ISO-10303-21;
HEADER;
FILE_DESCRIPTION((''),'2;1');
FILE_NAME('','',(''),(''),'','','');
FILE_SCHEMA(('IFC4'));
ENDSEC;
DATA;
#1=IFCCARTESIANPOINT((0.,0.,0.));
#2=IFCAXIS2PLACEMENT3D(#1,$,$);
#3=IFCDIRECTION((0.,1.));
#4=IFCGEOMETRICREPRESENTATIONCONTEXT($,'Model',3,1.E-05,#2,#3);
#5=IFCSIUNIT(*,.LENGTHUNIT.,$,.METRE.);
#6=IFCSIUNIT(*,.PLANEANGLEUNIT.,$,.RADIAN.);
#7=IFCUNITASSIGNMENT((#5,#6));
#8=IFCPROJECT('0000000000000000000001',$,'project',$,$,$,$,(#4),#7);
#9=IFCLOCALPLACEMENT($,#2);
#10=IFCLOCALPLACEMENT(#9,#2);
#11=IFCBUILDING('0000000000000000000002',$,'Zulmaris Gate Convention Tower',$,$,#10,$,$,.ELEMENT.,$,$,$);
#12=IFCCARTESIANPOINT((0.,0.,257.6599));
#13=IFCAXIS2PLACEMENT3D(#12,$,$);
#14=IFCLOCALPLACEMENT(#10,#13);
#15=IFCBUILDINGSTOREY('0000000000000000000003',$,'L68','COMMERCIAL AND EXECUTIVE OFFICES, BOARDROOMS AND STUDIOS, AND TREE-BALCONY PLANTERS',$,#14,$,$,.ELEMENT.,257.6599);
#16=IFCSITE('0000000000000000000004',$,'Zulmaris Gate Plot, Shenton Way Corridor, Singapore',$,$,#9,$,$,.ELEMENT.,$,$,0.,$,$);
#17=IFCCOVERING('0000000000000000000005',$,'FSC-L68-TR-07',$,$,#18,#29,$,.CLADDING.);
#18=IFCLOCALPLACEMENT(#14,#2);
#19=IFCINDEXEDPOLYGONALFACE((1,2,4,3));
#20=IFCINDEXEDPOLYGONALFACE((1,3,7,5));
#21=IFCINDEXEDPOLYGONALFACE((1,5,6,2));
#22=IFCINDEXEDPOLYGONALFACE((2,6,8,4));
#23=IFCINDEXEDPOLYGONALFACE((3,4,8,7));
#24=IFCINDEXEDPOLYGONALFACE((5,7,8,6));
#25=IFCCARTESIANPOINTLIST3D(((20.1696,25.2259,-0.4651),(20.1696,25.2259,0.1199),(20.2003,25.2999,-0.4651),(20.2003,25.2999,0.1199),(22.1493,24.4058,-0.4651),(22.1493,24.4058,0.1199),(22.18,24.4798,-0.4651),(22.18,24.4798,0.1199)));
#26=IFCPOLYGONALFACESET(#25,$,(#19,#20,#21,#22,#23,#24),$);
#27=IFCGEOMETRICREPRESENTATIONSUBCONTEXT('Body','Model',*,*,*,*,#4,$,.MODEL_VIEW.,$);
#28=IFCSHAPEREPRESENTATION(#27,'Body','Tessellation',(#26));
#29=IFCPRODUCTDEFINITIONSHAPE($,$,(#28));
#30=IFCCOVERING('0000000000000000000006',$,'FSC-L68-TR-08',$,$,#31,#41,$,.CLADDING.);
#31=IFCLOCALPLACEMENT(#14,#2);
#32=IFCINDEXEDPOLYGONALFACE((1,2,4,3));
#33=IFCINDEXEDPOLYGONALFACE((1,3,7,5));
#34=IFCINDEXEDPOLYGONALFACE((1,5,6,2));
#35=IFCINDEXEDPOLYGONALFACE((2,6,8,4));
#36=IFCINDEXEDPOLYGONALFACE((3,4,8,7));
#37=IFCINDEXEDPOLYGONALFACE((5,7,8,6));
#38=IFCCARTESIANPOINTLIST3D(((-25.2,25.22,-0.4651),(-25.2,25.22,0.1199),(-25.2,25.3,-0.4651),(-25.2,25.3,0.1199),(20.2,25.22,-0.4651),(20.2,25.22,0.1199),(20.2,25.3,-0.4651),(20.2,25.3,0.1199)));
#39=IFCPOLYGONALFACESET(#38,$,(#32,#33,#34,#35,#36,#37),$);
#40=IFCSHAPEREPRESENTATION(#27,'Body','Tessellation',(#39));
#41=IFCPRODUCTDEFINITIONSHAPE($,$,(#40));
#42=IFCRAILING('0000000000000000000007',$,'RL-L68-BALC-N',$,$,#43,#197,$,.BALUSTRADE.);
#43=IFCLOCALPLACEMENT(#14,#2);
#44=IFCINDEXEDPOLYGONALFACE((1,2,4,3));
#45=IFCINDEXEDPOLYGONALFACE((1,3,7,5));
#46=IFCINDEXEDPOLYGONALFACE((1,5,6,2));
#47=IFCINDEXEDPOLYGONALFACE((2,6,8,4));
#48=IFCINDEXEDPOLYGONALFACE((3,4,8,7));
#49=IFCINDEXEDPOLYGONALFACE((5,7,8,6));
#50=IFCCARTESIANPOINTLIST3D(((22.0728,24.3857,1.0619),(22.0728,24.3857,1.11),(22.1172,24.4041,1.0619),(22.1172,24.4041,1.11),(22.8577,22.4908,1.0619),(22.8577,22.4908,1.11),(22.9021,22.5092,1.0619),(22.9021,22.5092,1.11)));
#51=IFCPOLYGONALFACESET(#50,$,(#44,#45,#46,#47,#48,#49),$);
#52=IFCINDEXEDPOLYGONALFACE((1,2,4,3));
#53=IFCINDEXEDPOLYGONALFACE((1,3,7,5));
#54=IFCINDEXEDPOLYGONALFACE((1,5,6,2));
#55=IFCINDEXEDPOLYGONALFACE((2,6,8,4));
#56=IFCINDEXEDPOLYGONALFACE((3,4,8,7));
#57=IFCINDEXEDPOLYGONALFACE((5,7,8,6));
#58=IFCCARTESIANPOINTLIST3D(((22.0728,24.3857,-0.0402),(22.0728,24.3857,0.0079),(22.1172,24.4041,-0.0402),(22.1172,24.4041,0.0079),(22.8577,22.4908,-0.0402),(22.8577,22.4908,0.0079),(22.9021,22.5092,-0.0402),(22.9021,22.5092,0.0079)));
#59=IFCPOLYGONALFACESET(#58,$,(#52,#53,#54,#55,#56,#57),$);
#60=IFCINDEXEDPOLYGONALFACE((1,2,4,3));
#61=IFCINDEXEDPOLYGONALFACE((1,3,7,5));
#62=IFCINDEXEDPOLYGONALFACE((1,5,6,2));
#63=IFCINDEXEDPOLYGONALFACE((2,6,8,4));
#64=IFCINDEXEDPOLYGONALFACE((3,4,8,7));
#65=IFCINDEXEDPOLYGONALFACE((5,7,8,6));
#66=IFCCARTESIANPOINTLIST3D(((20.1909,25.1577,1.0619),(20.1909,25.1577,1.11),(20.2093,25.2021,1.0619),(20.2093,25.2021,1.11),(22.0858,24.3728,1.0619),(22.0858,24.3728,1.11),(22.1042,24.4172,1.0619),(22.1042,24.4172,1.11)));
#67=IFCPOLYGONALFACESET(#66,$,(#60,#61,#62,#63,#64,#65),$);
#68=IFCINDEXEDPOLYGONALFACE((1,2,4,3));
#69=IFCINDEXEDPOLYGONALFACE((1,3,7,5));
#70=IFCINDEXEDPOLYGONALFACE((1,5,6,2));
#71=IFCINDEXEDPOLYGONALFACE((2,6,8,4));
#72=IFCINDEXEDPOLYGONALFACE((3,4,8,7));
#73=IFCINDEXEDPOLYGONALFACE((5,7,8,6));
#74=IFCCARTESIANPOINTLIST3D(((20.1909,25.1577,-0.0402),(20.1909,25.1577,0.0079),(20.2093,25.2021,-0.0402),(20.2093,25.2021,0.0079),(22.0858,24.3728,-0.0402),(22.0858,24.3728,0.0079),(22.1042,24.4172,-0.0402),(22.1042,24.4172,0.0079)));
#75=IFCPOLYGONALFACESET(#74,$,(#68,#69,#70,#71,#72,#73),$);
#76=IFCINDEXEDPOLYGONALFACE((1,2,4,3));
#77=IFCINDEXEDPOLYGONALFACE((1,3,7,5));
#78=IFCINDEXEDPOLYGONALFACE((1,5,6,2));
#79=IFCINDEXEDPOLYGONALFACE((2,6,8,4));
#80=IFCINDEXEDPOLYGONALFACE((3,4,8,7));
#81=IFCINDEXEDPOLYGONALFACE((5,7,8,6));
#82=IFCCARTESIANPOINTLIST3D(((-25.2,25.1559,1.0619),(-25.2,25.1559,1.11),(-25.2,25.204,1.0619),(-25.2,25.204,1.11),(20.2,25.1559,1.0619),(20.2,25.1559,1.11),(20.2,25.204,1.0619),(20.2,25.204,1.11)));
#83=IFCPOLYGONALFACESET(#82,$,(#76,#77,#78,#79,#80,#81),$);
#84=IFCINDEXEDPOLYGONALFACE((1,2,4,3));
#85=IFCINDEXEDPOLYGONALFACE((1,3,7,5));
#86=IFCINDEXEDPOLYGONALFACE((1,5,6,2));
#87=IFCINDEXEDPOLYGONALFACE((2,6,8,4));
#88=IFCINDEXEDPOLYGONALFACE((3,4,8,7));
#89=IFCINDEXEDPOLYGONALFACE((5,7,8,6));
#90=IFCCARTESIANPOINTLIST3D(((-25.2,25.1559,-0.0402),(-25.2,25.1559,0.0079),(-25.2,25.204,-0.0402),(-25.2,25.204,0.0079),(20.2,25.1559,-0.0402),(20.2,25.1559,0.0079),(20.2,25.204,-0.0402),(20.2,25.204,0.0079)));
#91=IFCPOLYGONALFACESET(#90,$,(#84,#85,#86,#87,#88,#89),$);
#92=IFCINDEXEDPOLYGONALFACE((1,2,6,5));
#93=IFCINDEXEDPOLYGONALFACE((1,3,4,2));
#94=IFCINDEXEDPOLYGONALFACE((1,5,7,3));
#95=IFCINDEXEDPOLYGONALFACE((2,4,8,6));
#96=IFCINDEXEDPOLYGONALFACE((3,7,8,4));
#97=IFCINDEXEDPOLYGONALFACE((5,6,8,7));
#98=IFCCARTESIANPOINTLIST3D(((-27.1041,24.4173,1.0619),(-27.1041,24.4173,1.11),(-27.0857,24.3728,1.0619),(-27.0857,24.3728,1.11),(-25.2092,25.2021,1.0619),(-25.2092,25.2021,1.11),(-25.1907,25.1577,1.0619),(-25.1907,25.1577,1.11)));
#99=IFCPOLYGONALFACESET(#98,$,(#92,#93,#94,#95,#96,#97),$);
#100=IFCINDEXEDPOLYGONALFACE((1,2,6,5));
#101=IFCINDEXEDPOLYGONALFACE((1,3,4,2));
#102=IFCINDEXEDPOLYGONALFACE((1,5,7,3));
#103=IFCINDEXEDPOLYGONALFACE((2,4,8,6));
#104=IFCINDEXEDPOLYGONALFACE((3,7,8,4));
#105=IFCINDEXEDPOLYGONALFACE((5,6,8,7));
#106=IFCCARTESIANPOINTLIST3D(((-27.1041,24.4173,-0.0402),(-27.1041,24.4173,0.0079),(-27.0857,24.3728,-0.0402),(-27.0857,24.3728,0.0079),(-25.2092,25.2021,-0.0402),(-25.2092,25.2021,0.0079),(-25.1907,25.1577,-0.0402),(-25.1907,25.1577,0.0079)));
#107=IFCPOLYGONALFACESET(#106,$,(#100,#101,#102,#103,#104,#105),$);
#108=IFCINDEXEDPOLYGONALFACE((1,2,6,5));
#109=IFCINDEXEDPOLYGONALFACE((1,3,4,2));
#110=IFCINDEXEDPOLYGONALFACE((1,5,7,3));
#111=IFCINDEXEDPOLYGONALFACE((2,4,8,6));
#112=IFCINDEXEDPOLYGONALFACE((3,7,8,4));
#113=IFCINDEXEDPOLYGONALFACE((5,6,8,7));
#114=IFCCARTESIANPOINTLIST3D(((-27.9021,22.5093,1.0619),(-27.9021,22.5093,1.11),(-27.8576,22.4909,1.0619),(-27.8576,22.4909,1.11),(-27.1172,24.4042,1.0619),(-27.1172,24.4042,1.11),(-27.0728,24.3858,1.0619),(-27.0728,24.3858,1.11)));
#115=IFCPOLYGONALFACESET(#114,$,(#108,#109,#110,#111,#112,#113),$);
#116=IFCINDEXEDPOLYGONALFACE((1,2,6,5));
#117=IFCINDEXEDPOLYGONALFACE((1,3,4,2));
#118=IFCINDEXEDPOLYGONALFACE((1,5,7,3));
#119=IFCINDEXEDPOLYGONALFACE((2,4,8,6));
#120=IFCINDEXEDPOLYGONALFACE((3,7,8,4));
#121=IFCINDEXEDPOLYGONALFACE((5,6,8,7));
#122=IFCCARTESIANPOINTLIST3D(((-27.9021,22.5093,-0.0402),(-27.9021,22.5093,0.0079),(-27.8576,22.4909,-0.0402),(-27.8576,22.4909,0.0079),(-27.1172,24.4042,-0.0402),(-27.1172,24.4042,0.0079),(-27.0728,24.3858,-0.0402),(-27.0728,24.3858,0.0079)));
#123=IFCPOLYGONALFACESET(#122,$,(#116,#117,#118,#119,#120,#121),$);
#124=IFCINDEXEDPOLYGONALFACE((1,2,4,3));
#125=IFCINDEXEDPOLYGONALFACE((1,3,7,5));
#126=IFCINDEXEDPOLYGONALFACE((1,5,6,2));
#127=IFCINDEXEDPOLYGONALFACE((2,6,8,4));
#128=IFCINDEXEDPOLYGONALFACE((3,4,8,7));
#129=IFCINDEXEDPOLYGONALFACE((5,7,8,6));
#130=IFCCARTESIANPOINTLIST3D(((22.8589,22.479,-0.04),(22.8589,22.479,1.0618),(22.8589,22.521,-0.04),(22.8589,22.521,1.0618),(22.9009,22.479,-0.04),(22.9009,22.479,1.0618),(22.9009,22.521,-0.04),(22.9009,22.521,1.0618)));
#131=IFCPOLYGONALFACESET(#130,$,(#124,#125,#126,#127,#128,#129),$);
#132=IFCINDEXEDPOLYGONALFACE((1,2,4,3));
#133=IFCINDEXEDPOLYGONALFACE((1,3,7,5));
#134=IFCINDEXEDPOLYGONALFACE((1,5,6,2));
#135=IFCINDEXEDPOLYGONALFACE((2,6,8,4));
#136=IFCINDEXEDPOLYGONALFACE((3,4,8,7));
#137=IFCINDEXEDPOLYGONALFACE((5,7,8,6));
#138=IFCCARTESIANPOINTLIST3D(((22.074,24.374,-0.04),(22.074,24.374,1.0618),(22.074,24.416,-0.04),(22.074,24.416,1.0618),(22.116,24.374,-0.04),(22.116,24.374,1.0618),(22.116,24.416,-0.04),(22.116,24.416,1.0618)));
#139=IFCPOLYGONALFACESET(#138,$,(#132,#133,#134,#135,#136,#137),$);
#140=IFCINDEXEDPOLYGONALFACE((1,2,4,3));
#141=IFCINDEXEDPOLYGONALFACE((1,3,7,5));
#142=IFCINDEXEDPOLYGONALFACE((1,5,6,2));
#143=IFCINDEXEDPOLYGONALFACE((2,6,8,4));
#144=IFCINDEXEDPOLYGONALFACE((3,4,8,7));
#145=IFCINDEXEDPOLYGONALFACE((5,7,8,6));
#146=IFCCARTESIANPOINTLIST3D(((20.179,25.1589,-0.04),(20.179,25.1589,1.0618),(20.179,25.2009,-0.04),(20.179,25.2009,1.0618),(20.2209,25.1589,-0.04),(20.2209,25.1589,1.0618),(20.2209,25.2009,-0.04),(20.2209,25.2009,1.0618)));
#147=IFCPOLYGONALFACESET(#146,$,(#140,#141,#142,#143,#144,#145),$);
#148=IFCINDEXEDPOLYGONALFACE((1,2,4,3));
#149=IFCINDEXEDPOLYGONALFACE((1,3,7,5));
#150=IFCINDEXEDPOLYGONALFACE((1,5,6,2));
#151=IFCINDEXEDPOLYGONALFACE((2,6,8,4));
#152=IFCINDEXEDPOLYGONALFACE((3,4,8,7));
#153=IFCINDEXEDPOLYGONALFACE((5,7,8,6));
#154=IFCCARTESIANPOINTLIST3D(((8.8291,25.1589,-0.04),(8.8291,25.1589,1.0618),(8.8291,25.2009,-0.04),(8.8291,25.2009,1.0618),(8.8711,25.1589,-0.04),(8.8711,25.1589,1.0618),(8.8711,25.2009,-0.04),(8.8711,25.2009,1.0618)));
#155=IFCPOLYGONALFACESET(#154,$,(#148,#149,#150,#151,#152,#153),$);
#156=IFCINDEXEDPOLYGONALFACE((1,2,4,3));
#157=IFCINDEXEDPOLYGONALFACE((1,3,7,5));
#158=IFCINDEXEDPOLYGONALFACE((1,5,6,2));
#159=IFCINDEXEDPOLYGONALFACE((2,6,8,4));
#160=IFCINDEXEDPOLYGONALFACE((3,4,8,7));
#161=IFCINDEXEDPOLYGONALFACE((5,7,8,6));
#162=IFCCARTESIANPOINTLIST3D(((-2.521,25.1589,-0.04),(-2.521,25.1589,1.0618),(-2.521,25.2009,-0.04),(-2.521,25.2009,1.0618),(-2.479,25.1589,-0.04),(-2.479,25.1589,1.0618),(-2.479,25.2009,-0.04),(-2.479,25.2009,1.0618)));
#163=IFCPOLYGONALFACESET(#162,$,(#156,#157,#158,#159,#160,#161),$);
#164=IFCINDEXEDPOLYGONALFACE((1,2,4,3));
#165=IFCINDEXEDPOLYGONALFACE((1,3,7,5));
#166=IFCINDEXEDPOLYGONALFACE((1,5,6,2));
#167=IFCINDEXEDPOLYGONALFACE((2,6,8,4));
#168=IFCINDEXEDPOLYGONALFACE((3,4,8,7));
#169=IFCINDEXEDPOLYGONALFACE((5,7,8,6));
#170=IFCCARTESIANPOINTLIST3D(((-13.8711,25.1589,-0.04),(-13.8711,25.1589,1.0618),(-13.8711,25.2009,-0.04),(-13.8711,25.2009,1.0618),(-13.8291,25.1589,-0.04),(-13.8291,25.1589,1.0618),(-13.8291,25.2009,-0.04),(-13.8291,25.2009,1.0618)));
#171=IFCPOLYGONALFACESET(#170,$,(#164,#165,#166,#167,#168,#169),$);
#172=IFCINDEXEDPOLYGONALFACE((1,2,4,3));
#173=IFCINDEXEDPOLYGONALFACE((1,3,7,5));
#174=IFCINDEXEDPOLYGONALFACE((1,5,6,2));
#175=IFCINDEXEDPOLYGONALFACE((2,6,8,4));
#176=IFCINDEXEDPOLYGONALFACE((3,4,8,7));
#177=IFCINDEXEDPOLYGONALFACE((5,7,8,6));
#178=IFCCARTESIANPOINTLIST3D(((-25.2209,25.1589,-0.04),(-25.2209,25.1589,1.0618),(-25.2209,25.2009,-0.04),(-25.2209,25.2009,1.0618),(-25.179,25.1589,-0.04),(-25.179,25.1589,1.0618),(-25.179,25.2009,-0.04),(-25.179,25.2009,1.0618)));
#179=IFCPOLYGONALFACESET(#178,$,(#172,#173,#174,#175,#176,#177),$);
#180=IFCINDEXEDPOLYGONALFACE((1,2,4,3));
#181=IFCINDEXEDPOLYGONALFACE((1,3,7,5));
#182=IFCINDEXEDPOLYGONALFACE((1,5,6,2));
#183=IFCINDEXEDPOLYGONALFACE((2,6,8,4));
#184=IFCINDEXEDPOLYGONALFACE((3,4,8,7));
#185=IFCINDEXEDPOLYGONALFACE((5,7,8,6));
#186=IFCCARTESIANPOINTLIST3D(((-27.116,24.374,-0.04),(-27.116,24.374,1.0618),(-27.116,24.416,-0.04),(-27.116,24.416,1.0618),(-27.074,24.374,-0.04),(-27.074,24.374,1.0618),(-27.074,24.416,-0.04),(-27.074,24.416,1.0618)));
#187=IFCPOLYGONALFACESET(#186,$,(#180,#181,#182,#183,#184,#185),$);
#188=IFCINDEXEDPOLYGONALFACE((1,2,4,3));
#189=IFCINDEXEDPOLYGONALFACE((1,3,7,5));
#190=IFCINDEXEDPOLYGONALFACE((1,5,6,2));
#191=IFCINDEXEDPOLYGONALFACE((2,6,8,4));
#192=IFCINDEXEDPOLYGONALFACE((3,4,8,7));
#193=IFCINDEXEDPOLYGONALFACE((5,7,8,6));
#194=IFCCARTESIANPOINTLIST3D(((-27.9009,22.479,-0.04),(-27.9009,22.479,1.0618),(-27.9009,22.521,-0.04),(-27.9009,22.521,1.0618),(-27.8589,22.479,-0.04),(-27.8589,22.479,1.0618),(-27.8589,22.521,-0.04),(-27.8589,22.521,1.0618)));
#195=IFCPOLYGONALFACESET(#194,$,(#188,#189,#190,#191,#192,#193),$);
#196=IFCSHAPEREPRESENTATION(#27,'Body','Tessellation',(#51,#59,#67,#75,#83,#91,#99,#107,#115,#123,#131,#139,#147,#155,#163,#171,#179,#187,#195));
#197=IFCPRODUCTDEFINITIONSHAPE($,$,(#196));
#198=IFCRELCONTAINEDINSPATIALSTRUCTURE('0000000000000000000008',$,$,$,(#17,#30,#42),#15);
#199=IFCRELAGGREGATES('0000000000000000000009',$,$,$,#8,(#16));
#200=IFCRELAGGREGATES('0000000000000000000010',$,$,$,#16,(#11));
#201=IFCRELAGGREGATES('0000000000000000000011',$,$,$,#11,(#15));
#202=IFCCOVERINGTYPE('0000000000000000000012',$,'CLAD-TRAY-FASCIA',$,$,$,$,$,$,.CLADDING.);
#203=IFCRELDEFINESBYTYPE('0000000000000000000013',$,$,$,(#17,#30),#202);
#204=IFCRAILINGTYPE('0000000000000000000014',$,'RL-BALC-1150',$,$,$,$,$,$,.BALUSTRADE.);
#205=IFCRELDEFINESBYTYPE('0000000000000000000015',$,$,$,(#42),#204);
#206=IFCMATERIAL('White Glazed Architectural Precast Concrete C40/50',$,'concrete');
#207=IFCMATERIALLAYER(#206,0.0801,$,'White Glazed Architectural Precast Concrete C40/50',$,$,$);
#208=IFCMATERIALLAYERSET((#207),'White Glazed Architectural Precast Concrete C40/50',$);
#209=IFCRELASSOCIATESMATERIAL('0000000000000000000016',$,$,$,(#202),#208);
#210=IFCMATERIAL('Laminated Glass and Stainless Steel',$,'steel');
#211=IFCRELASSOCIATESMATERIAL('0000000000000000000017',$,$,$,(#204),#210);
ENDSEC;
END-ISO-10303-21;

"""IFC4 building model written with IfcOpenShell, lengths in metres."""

from ifc_helpers import new_model, si_unit, direction, frame, frame_2d, origin, origin_2d, place, context, subcontext, project, spatial, rectangle, extrude, material, layer, layer_set, type_object, element, save


model = new_model("IFC4")

# Units and contexts
model_context = context("Model", 3, precision=1e-05, world=origin(), true_north=direction((0.0, 1.0)))
body_context = subcontext(model_context, "Body", "Model", "MODEL_VIEW")
ifc_project = project(units=[si_unit("LENGTHUNIT", "METRE"), si_unit("PLANEANGLEUNIT", "RADIAN")], contexts=[model_context])

# Site, building, storey
site_placement = place(None, origin())
site = spatial("IfcSite", under=ifc_project, at=site_placement, Name="Zulmaris Gate Plot, Shenton Way Corridor, Singapore", CompositionType="ELEMENT", RefElevation=0.0)
building_placement = place(site_placement, origin())
building = spatial("IfcBuilding", under=site, at=building_placement, Name="Zulmaris Gate Convention Tower", CompositionType="ELEMENT")
storey_placement = place(building_placement, frame((0.0, 0.0, 257.6599)))
storey = spatial("IfcBuildingStorey", under=building, at=storey_placement, Name="L68", Description="COMMERCIAL AND EXECUTIVE OFFICES, BOARDROOMS AND STUDIOS, AND TREE-BALCONY PLANTERS", CompositionType="ELEMENT", Elevation=257.6599)

# Coverings
ifc_material_1 = material(Name="White Glazed Architectural Precast Concrete C40/50", Category="concrete")
ifc_layer_1 = layer(ifc_material_1, 0.0801, Name="White Glazed Architectural Precast Concrete C40/50")
ifc_layer_set_1 = layer_set([ifc_layer_1], Name="White Glazed Architectural Precast Concrete C40/50")
covering_type_1 = type_object("IfcCoveringType", Name="CLAD-TRAY-FASCIA", PredefinedType="CLADDING", material=ifc_layer_set_1)
covering_1_placement = place(storey_placement, frame((22.1646, 24.4429, -0.4651), z_axis=(0.0, 0.0, 1.0), x_axis=(-0.923874, 0.382697, 0.0)))
element("IfcCovering", 1, at=covering_1_placement, inside=storey, type_object=covering_type_1, Name="FSC-L68-TR-07", PredefinedType="CLADDING", context=body_context, shape_type="SweptSolid", body=[
    extrude(rectangle(XDim=2.1428, YDim=0.0801, at=frame_2d((1.0713, 0.0))), origin(), (0.0, 0.0, 1.0), 0.585),
])
covering_2_placement = place(storey_placement, frame((20.2, 25.26, -0.4651), z_axis=(0.0, 0.0, 1.0), x_axis=(-1.0, 0.0, 0.0)))
element("IfcCovering", 2, at=covering_2_placement, inside=storey, type_object=covering_type_1, Name="FSC-L68-TR-08", PredefinedType="CLADDING", context=body_context, shape_type="SweptSolid", body=[
    extrude(rectangle(XDim=45.3999, YDim=0.0801, at=frame_2d((22.7, 0.0))), origin(), (0.0, 0.0, 1.0), 0.585),
])

# Railing
ifc_material_2 = material(Name="Laminated Glass and Stainless Steel", Category="steel")
railing_type = type_object("IfcRailingType", Name="RL-BALC-1150", PredefinedType="BALUSTRADE", material=ifc_material_2)
railing_placement = place(storey_placement, frame((22.8799, 22.5, -0.04)))
element("IfcRailing", 3, at=railing_placement, inside=storey, type_object=railing_type, Name="RL-L68-BALC-N", PredefinedType="BALUSTRADE", context=body_context, shape_type="SweptSolid", body=[
    extrude(rectangle(XDim=0.0481, YDim=0.0481, at=origin_2d()), frame((0.0, 0.0, 1.126), z_axis=(-0.382671, 0.923885, 0.0), x_axis=(-0.923885, -0.382671, 0.0)), (0.0, 0.0, 1.0), 2.051),
    extrude(rectangle(XDim=0.0481, YDim=0.0481, at=origin_2d()), frame((0.0, 0.0, 0.0239), z_axis=(-0.382671, 0.923885, 0.0), x_axis=(-0.923885, -0.382671, 0.0)), (0.0, 0.0, 1.0), 2.051),
    extrude(rectangle(XDim=0.0481, YDim=0.0481, at=origin_2d()), frame((-0.7849, 1.895, 1.126), z_axis=(-0.923885, 0.382671, 0.0), x_axis=(-0.382671, -0.923885, 0.0)), (0.0, 0.0, 1.0), 2.051),
    extrude(rectangle(XDim=0.0481, YDim=0.0481, at=origin_2d()), frame((-0.7849, 1.895, 0.0239), z_axis=(-0.923885, 0.382671, 0.0), x_axis=(-0.382671, -0.923885, 0.0)), (0.0, 0.0, 1.0), 2.051),
    extrude(rectangle(XDim=0.0481, YDim=0.0481, at=origin_2d()), frame((-2.6799, 2.6799, 1.126), z_axis=(-1.0, 0.0, 0.0), x_axis=(0.0, -1.0, 0.0)), (0.0, 0.0, 1.0), 45.3999),
    extrude(rectangle(XDim=0.0481, YDim=0.0481, at=origin_2d()), frame((-2.6799, 2.6799, 0.0239), z_axis=(-1.0, 0.0, 0.0), x_axis=(0.0, -1.0, 0.0)), (0.0, 0.0, 1.0), 45.3999),
    extrude(rectangle(XDim=0.0481, YDim=0.0481, at=origin_2d()), frame((-48.0798, 2.6799, 1.126), z_axis=(-0.923885, -0.382671, 0.0), x_axis=(0.382671, -0.923885, 0.0)), (0.0, 0.0, 1.0), 2.051),
    extrude(rectangle(XDim=0.0481, YDim=0.0481, at=origin_2d()), frame((-48.0798, 2.6799, 0.0239), z_axis=(-0.923885, -0.382671, 0.0), x_axis=(0.382671, -0.923885, 0.0)), (0.0, 0.0, 1.0), 2.051),
    extrude(rectangle(XDim=0.0481, YDim=0.0481, at=origin_2d()), frame((-49.9749, 1.895, 1.126), z_axis=(-0.382671, -0.923885, 0.0), x_axis=(0.923885, -0.382671, 0.0)), (0.0, 0.0, 1.0), 2.051),
    extrude(rectangle(XDim=0.0481, YDim=0.0481, at=origin_2d()), frame((-49.9749, 1.895, 0.0239), z_axis=(-0.382671, -0.923885, 0.0), x_axis=(0.923885, -0.382671, 0.0)), (0.0, 0.0, 1.0), 2.051),
    extrude(rectangle(XDim=0.042, YDim=0.042, at=origin_2d()), origin(), (0.0, 0.0, 1.0), 1.1018),
    extrude(rectangle(XDim=0.042, YDim=0.042, at=origin_2d()), frame((-0.7849, 1.895, 0.0)), (0.0, 0.0, 1.0), 1.1018),
    extrude(rectangle(XDim=0.042, YDim=0.042, at=origin_2d()), frame((-2.6799, 2.6799, 0.0)), (0.0, 0.0, 1.0), 1.1018),
    extrude(rectangle(XDim=0.042, YDim=0.042, at=origin_2d()), frame((-14.0298, 2.6799, 0.0)), (0.0, 0.0, 1.0), 1.1018),
    extrude(rectangle(XDim=0.042, YDim=0.042, at=origin_2d()), frame((-25.3799, 2.6799, 0.0)), (0.0, 0.0, 1.0), 1.1018),
    extrude(rectangle(XDim=0.042, YDim=0.042, at=origin_2d()), frame((-36.73, 2.6799, 0.0)), (0.0, 0.0, 1.0), 1.1018),
    extrude(rectangle(XDim=0.042, YDim=0.042, at=origin_2d()), frame((-48.0798, 2.6799, 0.0)), (0.0, 0.0, 1.0), 1.1018),
    extrude(rectangle(XDim=0.042, YDim=0.042, at=origin_2d()), frame((-49.9749, 1.895, 0.0)), (0.0, 0.0, 1.0), 1.1018),
    extrude(rectangle(XDim=0.042, YDim=0.042, at=origin_2d()), frame((-50.7598, 0.0, 0.0)), (0.0, 0.0, 1.0), 1.1018),
])

save(model, "model.ifc")
